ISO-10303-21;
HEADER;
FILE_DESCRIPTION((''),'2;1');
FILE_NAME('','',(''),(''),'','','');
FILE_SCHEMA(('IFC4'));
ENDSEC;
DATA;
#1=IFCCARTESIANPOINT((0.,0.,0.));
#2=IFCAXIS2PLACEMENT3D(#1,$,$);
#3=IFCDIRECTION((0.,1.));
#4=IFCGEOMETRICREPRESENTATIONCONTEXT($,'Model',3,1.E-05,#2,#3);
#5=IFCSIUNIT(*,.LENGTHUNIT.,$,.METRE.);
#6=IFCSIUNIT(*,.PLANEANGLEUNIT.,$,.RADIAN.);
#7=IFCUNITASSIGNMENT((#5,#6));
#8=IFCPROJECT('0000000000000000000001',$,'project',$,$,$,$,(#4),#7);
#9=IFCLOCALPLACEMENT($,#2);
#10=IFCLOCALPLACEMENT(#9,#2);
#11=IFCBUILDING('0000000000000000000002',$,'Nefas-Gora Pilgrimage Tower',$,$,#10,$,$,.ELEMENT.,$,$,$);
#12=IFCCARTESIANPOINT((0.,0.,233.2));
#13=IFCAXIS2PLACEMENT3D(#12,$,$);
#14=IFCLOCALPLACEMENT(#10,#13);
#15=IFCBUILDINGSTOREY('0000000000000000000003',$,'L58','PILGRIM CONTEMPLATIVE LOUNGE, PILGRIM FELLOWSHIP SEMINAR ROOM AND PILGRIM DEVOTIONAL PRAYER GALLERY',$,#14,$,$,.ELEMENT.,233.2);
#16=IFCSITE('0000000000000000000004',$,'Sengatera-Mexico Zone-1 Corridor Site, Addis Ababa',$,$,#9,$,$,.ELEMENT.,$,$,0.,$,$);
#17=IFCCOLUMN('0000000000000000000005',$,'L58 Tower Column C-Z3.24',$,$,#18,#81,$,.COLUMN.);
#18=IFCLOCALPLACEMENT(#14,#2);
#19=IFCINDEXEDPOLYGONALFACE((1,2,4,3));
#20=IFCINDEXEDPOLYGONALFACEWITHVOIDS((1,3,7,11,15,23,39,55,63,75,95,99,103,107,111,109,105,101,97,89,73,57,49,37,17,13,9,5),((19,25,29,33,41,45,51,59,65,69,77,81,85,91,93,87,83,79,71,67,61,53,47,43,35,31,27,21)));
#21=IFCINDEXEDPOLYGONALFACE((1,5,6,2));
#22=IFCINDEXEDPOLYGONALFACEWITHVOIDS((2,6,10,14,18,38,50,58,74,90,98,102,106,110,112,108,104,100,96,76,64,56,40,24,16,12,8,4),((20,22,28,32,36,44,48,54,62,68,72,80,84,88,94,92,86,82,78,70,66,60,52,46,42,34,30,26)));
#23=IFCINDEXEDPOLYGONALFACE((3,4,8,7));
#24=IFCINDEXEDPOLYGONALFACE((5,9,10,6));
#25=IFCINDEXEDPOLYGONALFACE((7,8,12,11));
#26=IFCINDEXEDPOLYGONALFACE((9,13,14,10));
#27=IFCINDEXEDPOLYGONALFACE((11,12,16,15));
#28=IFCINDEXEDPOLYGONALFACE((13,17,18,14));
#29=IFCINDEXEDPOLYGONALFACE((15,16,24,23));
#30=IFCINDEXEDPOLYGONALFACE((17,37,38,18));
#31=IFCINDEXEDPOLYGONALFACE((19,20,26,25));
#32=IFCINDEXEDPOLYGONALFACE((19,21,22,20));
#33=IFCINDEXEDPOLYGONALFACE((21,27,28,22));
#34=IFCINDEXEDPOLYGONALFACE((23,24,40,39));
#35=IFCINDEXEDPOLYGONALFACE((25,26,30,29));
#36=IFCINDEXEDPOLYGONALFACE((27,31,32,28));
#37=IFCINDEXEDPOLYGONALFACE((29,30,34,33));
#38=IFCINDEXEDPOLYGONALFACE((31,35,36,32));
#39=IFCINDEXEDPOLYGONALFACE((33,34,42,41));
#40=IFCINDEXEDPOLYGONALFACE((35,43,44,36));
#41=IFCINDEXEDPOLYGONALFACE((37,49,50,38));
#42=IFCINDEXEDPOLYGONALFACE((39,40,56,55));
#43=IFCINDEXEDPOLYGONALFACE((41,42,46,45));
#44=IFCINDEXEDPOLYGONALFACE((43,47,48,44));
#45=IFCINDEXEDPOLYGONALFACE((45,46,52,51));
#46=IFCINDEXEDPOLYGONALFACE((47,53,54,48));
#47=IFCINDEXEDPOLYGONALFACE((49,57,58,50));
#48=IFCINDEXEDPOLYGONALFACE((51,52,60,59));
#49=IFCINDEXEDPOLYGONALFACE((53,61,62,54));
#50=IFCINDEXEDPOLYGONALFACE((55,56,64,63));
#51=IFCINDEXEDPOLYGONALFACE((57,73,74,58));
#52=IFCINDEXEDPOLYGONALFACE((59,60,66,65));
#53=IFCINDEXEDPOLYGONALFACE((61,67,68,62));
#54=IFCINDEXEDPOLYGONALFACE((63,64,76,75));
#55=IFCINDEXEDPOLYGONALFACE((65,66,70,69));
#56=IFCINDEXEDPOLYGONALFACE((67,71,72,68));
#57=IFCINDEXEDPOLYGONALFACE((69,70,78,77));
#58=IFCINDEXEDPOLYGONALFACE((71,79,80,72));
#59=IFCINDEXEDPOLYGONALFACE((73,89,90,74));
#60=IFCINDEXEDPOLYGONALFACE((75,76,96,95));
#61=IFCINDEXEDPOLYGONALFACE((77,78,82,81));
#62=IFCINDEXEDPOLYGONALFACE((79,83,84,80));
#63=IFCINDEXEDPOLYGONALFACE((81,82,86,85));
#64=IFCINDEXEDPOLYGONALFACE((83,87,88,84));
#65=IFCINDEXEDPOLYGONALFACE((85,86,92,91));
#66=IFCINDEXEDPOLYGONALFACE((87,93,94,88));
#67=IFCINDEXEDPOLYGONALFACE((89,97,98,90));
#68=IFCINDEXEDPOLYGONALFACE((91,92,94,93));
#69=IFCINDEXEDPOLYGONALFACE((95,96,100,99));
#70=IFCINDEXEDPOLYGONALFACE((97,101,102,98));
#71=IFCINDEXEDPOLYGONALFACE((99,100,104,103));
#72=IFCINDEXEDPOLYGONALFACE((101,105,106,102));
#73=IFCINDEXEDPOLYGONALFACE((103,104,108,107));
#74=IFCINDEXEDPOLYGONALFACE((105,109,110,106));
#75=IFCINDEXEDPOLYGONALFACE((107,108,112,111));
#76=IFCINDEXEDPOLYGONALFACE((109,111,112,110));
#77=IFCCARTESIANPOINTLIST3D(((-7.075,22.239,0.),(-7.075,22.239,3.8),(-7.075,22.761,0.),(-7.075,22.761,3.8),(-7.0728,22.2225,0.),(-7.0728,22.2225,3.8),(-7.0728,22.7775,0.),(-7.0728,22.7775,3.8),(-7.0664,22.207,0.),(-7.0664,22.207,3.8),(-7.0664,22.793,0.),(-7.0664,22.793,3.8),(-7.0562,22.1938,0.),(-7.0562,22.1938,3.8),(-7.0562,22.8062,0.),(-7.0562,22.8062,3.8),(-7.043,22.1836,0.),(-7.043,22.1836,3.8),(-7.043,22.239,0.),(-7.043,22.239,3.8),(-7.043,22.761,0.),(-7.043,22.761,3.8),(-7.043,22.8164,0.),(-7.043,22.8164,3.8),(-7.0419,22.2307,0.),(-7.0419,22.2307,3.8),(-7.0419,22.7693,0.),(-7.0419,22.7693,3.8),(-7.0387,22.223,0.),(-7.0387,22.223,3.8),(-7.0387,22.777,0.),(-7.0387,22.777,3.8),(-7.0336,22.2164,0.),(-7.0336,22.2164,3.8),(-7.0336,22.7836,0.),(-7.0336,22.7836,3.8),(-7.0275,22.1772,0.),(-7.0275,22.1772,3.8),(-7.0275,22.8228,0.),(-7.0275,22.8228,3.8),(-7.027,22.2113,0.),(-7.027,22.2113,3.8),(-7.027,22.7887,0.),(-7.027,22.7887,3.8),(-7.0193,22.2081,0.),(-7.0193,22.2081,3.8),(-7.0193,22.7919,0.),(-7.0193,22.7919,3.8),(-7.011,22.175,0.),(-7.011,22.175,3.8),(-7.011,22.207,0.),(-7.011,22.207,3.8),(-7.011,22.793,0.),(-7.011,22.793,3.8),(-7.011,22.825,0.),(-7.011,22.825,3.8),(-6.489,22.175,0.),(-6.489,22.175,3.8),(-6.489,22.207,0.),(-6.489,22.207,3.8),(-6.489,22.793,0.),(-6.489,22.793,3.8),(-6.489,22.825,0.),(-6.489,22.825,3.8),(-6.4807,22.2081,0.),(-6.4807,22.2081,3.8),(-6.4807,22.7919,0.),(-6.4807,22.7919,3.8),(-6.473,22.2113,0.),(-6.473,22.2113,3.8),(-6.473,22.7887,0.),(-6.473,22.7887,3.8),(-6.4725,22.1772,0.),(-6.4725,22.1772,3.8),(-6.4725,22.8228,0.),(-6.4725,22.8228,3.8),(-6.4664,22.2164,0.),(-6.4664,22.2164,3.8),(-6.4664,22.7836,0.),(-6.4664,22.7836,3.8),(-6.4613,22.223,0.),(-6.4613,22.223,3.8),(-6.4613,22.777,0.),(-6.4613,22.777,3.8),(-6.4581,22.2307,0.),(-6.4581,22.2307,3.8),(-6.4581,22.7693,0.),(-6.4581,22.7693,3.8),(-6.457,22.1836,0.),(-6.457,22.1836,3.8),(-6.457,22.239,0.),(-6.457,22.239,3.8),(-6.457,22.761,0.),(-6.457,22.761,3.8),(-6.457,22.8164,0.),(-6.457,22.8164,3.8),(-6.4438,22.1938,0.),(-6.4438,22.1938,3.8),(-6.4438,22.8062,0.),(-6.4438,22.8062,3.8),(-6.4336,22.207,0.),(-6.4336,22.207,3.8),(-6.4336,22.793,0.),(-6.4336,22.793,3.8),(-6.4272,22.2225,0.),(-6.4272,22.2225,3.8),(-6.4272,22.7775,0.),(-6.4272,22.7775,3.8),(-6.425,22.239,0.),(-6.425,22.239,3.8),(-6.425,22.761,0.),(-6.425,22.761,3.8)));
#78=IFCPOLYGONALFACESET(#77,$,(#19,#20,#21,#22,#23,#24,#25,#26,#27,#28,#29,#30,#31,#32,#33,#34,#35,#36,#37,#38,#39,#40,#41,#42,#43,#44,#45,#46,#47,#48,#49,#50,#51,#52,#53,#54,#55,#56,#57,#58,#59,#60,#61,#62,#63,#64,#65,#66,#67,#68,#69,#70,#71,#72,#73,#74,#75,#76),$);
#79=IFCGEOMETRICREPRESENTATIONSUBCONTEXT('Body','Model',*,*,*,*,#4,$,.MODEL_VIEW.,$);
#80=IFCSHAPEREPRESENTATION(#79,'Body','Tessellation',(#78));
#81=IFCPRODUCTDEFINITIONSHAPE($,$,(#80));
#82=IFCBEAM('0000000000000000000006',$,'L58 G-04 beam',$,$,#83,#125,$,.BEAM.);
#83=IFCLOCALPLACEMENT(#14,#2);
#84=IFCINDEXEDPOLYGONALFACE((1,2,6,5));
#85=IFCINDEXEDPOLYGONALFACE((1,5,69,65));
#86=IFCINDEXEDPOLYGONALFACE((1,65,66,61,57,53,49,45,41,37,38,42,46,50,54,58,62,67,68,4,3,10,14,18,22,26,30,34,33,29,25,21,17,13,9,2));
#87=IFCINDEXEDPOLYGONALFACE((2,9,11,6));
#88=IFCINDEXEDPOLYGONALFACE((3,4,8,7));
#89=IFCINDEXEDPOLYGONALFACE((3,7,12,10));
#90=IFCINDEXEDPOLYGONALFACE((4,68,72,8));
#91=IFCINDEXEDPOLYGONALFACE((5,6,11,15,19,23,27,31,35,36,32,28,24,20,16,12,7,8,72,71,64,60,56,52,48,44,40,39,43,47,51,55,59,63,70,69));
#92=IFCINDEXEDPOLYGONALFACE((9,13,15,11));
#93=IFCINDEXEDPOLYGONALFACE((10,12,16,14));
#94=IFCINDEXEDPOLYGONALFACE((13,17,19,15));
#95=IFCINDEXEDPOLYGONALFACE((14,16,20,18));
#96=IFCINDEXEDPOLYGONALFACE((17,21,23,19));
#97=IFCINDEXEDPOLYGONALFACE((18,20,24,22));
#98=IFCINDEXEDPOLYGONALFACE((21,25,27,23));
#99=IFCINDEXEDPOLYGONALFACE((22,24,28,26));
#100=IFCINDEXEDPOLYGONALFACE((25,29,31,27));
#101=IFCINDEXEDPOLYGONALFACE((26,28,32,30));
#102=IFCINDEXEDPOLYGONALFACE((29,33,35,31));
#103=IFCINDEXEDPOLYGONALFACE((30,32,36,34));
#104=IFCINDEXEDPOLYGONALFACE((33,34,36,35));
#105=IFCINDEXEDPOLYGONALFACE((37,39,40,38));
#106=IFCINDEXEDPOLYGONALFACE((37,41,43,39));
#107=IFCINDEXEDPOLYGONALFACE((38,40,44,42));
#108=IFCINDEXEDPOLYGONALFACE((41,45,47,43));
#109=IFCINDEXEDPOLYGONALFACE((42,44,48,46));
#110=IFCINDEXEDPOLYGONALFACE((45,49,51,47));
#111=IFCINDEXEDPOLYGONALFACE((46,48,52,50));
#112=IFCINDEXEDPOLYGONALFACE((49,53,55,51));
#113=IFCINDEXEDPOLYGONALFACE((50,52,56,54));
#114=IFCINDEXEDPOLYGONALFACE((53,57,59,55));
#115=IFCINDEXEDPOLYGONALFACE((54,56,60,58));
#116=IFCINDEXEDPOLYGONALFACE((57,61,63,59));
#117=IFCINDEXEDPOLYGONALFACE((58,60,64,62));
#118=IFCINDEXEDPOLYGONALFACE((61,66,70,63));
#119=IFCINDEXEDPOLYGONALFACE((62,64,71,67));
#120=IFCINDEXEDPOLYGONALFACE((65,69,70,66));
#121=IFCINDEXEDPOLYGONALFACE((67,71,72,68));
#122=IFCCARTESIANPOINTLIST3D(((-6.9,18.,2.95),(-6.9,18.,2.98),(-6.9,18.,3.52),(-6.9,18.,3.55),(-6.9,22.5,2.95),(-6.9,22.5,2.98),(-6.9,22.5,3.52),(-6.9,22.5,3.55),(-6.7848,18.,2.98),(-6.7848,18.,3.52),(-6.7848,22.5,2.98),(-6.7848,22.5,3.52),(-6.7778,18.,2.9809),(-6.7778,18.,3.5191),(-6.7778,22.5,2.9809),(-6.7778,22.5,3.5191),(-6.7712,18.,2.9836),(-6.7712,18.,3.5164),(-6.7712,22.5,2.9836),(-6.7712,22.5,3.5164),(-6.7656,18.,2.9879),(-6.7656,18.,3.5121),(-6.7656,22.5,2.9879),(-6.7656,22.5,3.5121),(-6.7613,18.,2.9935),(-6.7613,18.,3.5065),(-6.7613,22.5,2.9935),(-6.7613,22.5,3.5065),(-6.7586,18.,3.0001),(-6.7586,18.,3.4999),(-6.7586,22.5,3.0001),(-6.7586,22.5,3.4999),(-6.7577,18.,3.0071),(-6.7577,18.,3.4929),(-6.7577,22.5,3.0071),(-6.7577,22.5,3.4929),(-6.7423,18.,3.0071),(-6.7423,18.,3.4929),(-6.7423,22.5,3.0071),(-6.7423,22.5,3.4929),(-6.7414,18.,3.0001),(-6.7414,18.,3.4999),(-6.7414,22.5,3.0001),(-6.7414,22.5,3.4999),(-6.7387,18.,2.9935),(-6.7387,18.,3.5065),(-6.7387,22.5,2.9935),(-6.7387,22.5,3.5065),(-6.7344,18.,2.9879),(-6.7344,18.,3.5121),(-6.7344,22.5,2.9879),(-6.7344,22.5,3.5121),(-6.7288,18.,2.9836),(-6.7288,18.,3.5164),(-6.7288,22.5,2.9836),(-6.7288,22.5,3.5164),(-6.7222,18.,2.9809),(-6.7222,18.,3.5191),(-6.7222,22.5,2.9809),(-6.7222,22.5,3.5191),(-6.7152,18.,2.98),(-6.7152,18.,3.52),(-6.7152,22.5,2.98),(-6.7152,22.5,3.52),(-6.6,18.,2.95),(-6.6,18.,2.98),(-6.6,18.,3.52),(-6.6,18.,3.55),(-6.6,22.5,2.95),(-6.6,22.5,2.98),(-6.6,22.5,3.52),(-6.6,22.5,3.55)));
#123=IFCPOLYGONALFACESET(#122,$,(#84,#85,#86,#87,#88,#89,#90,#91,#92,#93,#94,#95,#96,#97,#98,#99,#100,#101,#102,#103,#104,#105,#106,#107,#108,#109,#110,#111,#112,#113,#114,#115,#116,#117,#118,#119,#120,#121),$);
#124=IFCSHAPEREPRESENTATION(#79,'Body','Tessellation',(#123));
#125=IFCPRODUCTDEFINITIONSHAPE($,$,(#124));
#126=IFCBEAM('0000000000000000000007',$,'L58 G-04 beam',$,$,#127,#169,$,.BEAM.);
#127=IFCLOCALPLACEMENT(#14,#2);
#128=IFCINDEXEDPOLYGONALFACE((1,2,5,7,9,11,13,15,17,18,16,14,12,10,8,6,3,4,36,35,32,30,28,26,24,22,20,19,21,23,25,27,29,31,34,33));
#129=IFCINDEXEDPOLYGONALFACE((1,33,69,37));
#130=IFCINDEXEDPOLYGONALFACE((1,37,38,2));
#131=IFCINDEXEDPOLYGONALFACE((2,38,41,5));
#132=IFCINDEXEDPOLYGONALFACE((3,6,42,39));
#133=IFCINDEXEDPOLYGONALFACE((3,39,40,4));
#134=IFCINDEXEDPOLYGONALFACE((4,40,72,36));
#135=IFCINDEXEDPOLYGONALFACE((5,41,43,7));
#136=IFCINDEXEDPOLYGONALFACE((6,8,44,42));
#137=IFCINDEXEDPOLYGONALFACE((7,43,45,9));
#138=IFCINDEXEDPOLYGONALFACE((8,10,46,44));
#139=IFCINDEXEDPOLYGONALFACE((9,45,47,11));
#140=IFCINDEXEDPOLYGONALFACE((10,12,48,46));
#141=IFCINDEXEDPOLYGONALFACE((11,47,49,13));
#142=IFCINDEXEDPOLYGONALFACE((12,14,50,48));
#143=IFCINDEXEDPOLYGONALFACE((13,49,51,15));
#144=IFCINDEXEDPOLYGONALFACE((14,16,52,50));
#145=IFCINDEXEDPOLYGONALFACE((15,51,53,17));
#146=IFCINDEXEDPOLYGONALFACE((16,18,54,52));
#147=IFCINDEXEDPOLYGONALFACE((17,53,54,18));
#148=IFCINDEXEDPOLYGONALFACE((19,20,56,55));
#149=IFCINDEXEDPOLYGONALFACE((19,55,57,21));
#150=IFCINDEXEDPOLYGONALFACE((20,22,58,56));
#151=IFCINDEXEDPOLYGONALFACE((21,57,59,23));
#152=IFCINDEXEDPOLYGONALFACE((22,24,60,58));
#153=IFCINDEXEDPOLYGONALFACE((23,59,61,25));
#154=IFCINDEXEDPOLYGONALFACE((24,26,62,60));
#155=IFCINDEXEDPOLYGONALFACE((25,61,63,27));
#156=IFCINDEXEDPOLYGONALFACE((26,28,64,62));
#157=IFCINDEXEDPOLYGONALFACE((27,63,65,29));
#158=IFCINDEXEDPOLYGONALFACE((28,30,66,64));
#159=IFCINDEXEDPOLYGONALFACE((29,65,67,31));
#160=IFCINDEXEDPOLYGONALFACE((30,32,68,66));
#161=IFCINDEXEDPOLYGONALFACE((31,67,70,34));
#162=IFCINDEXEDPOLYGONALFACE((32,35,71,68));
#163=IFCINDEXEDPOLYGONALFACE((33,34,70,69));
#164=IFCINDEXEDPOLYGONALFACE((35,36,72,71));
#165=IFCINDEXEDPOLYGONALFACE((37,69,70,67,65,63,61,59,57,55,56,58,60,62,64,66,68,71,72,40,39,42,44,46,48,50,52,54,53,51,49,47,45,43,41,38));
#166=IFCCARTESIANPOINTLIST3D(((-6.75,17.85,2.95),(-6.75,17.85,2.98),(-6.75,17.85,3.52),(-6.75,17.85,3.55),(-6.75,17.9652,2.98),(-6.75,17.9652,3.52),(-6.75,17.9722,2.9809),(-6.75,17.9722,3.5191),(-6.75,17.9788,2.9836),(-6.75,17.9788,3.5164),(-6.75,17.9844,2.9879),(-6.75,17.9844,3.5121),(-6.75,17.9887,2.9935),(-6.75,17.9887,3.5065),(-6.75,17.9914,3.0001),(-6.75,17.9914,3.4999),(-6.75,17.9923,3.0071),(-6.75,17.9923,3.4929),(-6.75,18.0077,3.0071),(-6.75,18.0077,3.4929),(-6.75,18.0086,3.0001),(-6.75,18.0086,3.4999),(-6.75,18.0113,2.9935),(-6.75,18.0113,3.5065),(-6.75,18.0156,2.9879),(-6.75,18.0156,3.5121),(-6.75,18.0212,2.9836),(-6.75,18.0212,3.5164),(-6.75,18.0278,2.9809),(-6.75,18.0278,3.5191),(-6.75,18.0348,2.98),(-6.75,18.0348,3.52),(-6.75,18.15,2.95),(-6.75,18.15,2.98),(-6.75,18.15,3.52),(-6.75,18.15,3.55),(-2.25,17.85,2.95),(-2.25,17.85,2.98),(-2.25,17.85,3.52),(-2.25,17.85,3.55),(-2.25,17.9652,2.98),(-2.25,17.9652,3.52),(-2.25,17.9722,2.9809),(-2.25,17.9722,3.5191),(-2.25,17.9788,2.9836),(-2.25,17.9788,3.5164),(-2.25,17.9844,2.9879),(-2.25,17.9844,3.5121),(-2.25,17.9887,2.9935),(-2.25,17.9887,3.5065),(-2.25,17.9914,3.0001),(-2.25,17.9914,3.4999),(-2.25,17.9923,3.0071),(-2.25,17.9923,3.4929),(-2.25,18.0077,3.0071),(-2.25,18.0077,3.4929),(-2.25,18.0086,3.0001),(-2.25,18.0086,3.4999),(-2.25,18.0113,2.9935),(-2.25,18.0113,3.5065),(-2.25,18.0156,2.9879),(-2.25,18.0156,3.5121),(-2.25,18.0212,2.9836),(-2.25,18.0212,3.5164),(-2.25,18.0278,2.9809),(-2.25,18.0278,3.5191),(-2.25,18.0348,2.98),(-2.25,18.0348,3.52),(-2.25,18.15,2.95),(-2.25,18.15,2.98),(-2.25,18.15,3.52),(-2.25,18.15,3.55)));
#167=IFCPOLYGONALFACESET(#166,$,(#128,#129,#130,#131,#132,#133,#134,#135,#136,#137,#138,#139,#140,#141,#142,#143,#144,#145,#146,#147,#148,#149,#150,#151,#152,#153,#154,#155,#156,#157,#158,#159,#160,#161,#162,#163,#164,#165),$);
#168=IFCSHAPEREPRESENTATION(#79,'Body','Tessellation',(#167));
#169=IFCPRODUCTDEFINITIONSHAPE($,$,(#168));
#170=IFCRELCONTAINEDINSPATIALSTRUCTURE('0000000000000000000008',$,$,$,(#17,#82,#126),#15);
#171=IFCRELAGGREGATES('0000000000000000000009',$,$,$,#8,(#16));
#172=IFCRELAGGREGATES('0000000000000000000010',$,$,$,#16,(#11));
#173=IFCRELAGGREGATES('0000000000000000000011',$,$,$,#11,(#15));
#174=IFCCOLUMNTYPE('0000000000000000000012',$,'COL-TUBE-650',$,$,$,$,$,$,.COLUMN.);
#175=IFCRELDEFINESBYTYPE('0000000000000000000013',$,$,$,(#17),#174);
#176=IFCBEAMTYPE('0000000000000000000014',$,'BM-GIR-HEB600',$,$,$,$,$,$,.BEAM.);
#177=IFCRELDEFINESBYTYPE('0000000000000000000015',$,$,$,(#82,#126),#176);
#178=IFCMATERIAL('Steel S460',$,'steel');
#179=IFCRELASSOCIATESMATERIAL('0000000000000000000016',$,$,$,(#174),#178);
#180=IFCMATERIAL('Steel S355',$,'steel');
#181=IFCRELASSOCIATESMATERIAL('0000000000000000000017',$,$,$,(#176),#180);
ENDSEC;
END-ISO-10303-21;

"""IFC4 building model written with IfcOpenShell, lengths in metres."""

from ifc_helpers import new_model, si_unit, direction, frame, origin, origin_2d, place, context, subcontext, project, spatial, hollow_rectangle, i_section, extrude, source, transform, mapped, material, material_profile, profile_set, type_object, element, save


model = new_model("IFC4")

# Units and contexts
model_context = context("Model", 3, precision=1e-05, world=origin(), true_north=direction((0.0, 1.0)))
body_context = subcontext(model_context, "Body", "Model", "MODEL_VIEW")
ifc_project = project(units=[si_unit("LENGTHUNIT", "METRE"), si_unit("PLANEANGLEUNIT", "RADIAN")], contexts=[model_context])

# Site, building, storey
site_placement = place(None, origin())
site = spatial("IfcSite", under=ifc_project, at=site_placement, Name="Sengatera-Mexico Zone-1 Corridor Site, Addis Ababa", CompositionType="ELEMENT", RefElevation=0.0)
building_placement = place(site_placement, origin())
building = spatial("IfcBuilding", under=site, at=building_placement, Name="Nefas-Gora Pilgrimage Tower", CompositionType="ELEMENT")
storey_placement = place(building_placement, frame((0.0, 0.0, 233.2)))
storey = spatial("IfcBuildingStorey", under=building, at=storey_placement, Name="L58", Description="PILGRIM CONTEMPLATIVE LOUNGE, PILGRIM FELLOWSHIP SEMINAR ROOM AND PILGRIM DEVOTIONAL PRAYER GALLERY", CompositionType="ELEMENT", Elevation=233.2)

# Column
ifc_material_1 = material(Name="Steel S460", Category="steel")
ifc_material_profile_1 = material_profile(ifc_material_1, hollow_rectangle(XDim=0.6499, YDim=0.6499, WallThickness=0.032, InnerFilletRadius=0.032, OuterFilletRadius=0.064, at=origin_2d()), Name="BOX 650x650x32")
ifc_profile_set_1 = profile_set([ifc_material_profile_1], Name="Steel S460")
column_type_1 = type_object("IfcColumnType", Name="COL-TUBE-650", PredefinedType="COLUMN", material=ifc_profile_set_1)
shared_shape_1 = source(origin(), body_context, "Body", "SweptSolid", [
    extrude(hollow_rectangle(XDim=0.6499, YDim=0.6499, WallThickness=0.032, InnerFilletRadius=0.032, OuterFilletRadius=0.064, at=origin_2d()), origin(), (0.0, 0.0, 1.0), 3.8),
])
column_placement = place(storey_placement, frame((-6.75, 22.5, 0.0), z_axis=(0.0, 0.0, 1.0), x_axis=(1.0, 0.0, 0.0)))
element("IfcColumn", 1, at=column_placement, inside=storey, type_object=column_type_1, Name="L58 Tower Column C-Z3.24", PredefinedType="COLUMN", context=body_context, shape_type="MappedRepresentation", body=[
    mapped(shared_shape_1, transform((0.0, 0.0, 0.0), x_axis=(1.0, 0.0, 0.0), y_axis=(0.0, 1.0, 0.0), z_axis=(0.0, 0.0, 1.0), scale=1.0)),
])

# Beams
ifc_material_2 = material(Name="Steel S355", Category="steel")
ifc_material_profile_2 = material_profile(ifc_material_2, i_section(OverallWidth=0.3, OverallDepth=0.6001, WebThickness=0.0154, FlangeThickness=0.03, FilletRadius=0.0271, at=origin_2d()), Name="HEB 600")
ifc_profile_set_2 = profile_set([ifc_material_profile_2], Name="Steel S355")
beam_type = type_object("IfcBeamType", Name="BM-GIR-HEB600", PredefinedType="BEAM", material=ifc_profile_set_2)
shared_shape_2 = source(origin(), body_context, "Body", "SweptSolid", [
    extrude(i_section(OverallWidth=0.3, OverallDepth=0.6001, WebThickness=0.0154, FlangeThickness=0.03, FilletRadius=0.0271, at=origin_2d()), origin(), (0.0, 0.0, 1.0), 4.5),
])
for number, where, z_axis, x_axis, name in (
    (2, (-6.75, 18.0, 3.25), (0.0, 1.0, 0.0), (-1.0, 0.0, 0.0), "L58 G-04 beam"),
    (3, (-6.75, 18.0, 3.25), (1.0, 0.0, 0.0), (0.0, 1.0, 0.0), "L58 G-04 beam"),
):
    element("IfcBeam", number, at=place(storey_placement, frame(where, z_axis=z_axis, x_axis=x_axis)), inside=storey, type_object=beam_type, Name=name, PredefinedType="BEAM", context=body_context, shape_type="MappedRepresentation", body=[
        mapped(shared_shape_2, transform((0.0, 0.0, 0.0), x_axis=(1.0, 0.0, 0.0), y_axis=(0.0, 1.0, 0.0), z_axis=(0.0, 0.0, 1.0), scale=1.0)),
    ])

save(model, "model.ifc")
